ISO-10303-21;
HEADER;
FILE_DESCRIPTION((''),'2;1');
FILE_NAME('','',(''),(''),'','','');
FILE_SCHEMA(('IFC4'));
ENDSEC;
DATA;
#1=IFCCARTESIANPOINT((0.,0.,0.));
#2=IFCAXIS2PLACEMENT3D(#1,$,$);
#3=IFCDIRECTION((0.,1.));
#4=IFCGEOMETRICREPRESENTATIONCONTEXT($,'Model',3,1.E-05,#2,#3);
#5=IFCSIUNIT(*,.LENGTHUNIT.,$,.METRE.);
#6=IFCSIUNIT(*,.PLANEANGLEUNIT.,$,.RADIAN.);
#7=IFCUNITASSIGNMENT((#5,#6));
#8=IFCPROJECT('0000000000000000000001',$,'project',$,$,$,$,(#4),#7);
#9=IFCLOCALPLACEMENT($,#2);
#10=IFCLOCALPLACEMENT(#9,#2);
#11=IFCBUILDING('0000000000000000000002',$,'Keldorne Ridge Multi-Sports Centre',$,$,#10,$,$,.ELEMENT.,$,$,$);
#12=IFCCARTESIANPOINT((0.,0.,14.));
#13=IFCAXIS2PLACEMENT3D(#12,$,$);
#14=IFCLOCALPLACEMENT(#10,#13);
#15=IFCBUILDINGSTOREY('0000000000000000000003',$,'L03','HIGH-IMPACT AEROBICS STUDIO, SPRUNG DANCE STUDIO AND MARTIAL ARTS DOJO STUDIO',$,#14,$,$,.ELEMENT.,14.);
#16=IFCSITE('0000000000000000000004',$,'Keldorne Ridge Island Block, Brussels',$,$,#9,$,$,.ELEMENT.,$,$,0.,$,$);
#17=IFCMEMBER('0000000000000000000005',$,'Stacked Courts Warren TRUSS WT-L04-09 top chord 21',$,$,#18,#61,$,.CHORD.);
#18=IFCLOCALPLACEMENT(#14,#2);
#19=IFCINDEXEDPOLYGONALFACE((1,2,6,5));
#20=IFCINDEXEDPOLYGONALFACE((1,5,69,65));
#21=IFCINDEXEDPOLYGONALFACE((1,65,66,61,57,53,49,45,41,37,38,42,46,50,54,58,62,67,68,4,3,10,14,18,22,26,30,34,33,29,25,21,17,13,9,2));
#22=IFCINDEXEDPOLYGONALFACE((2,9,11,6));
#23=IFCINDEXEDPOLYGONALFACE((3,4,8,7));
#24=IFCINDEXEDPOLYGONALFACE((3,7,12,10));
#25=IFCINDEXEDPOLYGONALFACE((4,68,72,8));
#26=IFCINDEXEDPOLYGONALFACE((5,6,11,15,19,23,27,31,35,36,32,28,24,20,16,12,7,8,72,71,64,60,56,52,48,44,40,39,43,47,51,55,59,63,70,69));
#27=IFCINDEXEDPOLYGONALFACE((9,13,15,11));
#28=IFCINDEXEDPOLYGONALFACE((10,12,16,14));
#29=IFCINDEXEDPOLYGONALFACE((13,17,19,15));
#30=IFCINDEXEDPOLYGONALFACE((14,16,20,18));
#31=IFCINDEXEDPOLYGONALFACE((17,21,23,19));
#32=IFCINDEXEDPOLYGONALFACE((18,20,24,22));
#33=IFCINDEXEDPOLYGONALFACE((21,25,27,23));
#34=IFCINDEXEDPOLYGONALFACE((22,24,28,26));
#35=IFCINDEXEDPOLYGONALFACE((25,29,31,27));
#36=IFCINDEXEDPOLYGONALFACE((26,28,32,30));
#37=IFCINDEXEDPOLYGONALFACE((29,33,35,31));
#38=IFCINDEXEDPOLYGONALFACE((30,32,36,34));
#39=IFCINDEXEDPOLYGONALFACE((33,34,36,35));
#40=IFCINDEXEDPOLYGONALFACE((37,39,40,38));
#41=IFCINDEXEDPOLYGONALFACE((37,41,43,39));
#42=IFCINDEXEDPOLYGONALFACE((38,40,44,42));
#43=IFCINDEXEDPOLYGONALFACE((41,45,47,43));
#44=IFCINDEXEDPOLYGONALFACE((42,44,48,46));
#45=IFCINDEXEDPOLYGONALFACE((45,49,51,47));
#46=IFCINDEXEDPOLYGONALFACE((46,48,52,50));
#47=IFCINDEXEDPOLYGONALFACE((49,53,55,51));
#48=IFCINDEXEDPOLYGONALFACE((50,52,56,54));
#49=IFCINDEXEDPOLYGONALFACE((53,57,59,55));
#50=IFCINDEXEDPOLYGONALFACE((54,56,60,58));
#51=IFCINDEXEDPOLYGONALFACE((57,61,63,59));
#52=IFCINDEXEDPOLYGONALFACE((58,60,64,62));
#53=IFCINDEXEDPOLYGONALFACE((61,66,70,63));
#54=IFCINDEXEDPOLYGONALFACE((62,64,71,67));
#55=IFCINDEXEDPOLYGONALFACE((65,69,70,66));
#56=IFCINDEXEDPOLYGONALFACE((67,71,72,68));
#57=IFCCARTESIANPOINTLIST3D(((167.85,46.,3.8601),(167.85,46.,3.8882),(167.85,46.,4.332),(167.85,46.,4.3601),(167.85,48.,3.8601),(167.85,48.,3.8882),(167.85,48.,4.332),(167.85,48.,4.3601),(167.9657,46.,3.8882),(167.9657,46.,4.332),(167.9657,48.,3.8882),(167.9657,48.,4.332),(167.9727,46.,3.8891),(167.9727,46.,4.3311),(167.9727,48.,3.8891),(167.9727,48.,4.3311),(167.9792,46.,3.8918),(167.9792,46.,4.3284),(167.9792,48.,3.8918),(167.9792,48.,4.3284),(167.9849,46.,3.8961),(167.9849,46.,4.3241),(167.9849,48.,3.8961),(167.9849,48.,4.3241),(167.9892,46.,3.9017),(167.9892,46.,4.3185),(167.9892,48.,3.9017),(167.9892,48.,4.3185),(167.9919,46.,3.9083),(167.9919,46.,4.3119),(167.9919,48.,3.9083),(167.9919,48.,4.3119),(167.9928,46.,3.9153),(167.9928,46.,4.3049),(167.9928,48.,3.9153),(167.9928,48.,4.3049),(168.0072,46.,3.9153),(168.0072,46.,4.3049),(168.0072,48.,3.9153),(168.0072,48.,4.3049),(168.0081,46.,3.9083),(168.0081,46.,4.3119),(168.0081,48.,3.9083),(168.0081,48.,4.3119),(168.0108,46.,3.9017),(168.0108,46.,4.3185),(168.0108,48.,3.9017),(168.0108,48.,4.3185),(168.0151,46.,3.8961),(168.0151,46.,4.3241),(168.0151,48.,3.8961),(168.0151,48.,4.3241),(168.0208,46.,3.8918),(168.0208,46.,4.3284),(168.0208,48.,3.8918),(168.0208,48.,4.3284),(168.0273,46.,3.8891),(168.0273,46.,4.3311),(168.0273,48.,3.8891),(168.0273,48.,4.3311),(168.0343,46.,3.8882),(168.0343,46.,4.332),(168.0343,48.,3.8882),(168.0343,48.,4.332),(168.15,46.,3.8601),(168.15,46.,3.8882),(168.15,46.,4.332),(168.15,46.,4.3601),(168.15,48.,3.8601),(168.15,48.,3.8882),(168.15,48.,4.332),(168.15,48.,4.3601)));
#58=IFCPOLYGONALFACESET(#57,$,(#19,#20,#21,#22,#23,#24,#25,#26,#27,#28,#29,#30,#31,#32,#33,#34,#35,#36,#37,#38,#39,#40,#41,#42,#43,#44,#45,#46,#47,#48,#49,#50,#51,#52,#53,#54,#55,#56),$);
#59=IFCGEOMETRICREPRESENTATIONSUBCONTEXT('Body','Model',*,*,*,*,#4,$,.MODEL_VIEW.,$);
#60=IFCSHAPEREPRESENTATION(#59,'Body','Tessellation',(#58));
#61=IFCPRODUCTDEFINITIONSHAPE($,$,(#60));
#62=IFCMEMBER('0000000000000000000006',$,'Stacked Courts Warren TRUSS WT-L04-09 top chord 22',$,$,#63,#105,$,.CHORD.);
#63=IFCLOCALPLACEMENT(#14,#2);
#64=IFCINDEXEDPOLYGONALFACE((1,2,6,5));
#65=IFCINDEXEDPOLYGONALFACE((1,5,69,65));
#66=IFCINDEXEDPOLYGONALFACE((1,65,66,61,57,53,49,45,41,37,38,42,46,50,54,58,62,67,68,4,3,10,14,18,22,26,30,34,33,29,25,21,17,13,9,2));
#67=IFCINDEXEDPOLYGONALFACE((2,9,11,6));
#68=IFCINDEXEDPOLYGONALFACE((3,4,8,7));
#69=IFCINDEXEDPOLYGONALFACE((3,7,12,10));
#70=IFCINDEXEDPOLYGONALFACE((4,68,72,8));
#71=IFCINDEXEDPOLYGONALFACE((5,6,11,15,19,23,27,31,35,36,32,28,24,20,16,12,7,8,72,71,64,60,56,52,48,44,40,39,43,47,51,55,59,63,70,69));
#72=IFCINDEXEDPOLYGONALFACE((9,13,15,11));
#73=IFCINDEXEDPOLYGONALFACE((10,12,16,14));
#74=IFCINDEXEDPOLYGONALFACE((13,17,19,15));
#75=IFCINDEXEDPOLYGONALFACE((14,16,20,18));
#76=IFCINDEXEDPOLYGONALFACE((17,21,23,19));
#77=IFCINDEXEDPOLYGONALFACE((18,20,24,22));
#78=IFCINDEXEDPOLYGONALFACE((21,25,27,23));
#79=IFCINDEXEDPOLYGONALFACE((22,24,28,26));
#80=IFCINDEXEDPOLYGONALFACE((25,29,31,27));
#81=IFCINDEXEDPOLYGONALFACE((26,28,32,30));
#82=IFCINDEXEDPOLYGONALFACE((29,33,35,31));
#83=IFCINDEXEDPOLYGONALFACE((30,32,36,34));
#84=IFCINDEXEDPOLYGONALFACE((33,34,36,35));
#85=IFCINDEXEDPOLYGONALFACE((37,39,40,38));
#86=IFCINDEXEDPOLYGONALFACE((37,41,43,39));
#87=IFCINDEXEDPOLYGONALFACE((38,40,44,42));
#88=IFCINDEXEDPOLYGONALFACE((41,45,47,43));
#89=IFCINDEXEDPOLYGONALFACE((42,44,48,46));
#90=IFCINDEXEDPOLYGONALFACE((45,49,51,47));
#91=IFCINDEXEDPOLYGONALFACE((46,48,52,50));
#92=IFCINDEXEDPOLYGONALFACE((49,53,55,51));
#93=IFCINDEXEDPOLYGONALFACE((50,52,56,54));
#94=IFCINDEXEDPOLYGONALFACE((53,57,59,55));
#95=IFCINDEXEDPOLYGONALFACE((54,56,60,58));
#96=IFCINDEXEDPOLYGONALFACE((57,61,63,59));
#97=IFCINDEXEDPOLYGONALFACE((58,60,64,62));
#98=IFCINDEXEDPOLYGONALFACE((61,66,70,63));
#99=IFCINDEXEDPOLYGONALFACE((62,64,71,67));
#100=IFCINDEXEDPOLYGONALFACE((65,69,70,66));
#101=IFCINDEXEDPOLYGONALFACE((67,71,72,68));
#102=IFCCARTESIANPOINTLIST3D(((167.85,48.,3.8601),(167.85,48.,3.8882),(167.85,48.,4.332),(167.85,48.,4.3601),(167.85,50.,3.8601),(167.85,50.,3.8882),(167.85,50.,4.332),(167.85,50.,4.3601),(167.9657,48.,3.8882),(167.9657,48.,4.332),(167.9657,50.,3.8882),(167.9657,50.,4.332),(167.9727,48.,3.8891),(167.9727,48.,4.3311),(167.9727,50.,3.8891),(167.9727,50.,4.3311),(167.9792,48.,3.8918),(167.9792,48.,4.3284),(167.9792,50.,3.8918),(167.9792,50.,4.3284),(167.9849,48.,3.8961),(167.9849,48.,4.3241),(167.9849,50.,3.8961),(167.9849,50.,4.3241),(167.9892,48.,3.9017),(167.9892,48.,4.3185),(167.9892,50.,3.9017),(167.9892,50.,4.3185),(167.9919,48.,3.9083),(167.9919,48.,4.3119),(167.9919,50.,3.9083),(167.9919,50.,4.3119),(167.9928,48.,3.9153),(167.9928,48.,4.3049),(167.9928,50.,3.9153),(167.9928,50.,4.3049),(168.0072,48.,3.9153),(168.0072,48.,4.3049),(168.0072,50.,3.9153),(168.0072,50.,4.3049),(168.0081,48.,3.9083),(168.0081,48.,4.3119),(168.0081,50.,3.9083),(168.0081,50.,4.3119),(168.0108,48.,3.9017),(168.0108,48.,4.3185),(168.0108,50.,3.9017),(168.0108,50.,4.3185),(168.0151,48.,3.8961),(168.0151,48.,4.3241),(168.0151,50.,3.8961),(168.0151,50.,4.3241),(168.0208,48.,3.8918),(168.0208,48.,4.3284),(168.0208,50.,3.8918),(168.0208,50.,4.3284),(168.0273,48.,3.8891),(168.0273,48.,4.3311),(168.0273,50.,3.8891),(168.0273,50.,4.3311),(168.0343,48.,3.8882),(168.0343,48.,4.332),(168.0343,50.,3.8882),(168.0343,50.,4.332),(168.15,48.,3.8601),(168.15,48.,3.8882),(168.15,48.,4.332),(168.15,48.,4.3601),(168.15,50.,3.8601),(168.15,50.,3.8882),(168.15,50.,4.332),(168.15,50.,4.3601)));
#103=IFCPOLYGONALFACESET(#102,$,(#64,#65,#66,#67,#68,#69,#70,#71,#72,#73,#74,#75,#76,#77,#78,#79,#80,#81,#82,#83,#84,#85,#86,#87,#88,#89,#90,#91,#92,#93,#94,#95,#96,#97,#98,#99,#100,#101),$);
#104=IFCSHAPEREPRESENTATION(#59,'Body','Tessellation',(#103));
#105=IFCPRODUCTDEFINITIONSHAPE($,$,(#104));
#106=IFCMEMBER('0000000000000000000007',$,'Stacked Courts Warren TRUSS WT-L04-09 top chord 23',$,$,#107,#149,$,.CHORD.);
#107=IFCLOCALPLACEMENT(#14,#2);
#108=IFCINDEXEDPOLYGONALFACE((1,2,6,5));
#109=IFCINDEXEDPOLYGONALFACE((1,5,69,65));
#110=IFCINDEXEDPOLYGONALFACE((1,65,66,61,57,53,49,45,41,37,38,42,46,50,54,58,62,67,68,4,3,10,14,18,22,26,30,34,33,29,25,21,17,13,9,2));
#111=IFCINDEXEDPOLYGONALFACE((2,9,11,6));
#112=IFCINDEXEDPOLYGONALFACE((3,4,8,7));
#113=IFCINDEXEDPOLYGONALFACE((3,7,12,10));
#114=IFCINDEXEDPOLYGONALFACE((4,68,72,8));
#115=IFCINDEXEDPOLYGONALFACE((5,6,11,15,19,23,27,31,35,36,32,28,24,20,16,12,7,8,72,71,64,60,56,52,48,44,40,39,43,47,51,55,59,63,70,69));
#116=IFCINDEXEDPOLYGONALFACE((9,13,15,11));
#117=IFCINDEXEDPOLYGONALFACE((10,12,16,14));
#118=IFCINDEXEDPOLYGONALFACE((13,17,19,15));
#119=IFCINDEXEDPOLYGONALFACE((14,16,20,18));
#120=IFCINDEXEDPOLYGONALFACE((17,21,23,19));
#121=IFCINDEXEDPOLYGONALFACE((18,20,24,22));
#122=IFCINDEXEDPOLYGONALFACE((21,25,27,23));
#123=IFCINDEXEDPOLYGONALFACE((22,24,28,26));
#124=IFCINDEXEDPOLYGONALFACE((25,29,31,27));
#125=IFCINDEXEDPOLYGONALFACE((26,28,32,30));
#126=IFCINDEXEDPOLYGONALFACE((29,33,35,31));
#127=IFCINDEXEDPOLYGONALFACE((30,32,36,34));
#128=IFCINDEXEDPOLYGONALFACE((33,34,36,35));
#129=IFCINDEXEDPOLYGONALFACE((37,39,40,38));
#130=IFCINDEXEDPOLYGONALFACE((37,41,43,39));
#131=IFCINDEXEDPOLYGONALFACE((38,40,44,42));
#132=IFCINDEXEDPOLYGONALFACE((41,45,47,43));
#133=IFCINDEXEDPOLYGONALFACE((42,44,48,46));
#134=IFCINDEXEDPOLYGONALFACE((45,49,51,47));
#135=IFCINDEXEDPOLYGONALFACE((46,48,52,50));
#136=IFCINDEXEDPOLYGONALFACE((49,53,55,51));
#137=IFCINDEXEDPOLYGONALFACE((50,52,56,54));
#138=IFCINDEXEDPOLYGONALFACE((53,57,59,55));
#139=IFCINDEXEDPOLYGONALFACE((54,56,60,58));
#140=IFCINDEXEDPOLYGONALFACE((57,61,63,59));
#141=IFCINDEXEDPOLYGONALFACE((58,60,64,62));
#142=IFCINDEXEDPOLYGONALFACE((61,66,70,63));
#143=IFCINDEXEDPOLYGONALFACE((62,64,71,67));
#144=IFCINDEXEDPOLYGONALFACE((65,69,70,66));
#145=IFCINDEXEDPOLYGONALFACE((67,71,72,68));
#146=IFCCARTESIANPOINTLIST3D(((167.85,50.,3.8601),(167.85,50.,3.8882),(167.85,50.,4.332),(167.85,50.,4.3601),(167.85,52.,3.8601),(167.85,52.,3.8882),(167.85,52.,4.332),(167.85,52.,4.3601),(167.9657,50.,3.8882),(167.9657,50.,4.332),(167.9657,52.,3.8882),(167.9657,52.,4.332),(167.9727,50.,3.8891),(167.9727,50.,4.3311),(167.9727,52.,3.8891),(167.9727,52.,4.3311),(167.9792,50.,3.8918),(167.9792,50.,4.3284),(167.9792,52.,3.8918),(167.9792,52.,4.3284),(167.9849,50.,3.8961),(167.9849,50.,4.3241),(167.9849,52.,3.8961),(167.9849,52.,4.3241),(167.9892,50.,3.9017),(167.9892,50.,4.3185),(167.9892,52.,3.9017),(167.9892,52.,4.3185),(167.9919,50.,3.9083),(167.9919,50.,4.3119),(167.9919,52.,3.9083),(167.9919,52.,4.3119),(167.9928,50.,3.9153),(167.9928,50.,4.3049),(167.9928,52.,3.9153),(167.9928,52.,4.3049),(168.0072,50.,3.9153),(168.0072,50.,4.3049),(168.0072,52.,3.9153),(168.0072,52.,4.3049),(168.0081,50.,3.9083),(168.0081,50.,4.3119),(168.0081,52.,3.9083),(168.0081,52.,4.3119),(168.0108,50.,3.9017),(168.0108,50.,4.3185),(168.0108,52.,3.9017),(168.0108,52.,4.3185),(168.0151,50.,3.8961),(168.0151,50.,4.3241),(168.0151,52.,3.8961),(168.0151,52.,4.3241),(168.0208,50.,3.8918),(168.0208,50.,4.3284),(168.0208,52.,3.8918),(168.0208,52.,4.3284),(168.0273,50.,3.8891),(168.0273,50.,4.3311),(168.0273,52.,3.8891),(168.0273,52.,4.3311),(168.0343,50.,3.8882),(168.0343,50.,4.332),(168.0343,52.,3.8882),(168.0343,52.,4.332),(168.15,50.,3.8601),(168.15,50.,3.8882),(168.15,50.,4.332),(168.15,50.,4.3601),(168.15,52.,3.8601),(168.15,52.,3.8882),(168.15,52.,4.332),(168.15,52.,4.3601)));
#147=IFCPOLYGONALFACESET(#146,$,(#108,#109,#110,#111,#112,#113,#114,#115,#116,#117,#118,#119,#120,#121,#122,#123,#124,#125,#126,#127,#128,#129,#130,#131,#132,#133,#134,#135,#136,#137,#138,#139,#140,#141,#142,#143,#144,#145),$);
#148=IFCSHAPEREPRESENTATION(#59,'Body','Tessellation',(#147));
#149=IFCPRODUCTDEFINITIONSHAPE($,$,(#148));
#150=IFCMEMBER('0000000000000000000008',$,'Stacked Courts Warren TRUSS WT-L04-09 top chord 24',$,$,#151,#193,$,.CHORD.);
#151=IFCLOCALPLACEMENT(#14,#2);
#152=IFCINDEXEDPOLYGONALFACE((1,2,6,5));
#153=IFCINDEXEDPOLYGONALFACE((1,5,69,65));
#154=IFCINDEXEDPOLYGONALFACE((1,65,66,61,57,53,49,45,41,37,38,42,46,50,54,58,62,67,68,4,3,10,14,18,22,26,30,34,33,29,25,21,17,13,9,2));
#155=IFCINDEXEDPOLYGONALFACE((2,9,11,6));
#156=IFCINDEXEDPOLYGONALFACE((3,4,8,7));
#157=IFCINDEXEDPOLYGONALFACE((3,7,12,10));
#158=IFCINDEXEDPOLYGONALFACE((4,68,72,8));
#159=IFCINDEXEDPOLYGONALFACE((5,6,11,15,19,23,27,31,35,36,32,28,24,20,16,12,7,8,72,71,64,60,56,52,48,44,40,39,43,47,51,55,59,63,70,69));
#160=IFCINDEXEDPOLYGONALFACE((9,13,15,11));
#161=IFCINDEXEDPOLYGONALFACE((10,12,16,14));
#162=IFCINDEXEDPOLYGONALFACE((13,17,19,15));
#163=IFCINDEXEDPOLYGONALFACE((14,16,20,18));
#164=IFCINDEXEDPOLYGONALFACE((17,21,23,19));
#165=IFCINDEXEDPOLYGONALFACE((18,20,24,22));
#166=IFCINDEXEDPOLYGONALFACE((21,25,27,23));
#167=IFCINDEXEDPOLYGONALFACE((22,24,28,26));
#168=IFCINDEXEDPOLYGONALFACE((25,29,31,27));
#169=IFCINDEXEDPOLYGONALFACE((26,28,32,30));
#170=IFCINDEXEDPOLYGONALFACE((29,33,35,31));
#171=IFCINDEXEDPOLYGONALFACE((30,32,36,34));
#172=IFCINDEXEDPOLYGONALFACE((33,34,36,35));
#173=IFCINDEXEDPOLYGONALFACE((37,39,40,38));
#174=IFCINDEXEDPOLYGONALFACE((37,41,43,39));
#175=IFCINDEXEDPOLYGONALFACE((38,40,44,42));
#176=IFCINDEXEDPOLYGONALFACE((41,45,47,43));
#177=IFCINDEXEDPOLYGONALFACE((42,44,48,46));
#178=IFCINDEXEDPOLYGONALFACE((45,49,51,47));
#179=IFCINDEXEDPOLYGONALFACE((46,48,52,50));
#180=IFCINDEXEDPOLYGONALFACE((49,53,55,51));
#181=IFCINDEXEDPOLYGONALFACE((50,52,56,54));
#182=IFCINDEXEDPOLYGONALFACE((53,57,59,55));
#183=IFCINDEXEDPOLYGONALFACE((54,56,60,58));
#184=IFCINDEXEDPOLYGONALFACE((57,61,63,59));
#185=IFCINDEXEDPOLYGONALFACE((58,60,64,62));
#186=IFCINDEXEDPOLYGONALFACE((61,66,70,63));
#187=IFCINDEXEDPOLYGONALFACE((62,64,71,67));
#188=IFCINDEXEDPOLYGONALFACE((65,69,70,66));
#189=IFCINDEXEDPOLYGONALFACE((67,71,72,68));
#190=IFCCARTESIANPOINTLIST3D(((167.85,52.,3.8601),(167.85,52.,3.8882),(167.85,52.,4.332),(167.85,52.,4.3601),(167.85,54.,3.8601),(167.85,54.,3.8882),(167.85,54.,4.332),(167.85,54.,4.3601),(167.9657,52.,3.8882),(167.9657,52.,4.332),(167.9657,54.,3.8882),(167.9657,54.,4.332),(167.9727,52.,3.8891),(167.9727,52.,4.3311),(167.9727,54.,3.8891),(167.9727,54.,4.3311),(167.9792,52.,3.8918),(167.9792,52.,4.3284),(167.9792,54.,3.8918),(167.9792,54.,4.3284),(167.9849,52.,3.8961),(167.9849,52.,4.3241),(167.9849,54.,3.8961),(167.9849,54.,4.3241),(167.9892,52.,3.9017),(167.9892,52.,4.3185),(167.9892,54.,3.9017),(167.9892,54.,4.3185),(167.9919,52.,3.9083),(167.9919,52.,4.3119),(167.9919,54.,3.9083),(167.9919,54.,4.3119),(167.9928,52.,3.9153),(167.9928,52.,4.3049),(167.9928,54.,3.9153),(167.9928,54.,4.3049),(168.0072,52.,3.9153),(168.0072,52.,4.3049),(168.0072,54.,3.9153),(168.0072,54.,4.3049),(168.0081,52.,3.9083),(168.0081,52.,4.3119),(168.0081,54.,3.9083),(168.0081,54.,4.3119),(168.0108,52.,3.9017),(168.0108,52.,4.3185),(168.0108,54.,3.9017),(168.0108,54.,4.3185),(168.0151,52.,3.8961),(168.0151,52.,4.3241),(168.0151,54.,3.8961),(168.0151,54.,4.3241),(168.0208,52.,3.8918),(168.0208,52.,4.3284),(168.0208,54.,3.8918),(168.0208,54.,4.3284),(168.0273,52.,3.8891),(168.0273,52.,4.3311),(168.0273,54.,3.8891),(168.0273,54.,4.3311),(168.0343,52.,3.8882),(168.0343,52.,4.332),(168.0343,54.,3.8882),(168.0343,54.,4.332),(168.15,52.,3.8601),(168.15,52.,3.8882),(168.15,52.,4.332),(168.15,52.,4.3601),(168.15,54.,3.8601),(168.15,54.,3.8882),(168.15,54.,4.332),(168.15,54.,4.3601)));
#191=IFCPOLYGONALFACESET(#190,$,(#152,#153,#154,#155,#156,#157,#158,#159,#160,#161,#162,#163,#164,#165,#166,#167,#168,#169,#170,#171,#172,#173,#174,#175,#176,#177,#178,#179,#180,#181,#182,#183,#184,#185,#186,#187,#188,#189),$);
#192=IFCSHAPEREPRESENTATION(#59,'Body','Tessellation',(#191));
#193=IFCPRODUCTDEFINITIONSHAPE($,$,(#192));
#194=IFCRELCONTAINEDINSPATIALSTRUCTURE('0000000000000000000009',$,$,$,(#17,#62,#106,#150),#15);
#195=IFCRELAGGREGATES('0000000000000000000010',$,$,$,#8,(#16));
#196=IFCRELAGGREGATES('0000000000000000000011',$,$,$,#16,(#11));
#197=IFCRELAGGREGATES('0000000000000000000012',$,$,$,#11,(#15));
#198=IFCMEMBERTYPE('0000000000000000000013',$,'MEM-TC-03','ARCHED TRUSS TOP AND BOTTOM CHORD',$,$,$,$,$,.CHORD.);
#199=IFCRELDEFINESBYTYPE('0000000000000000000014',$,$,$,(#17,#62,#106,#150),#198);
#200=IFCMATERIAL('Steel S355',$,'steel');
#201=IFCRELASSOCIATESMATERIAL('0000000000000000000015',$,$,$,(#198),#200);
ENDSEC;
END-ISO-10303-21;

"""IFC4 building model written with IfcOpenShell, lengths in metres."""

from ifc_helpers import new_model, si_unit, direction, frame, origin, origin_2d, place, context, subcontext, project, spatial, i_section, extrude, material, material_profile, profile_set, type_object, element, save


model = new_model("IFC4")

# Units and contexts
model_context = context("Model", 3, precision=1e-05, world=origin(), true_north=direction((0.0, 1.0)))
body_context = subcontext(model_context, "Body", "Model", "MODEL_VIEW")
ifc_project = project(units=[si_unit("LENGTHUNIT", "METRE"), si_unit("PLANEANGLEUNIT", "RADIAN")], contexts=[model_context])

# Site, building, storey
site_placement = place(None, origin())
site = spatial("IfcSite", under=ifc_project, at=site_placement, Name="Keldorne Ridge Island Block, Brussels", CompositionType="ELEMENT", RefElevation=0.0)
building_placement = place(site_placement, origin())
building = spatial("IfcBuilding", under=site, at=building_placement, Name="Keldorne Ridge Multi-Sports Centre", CompositionType="ELEMENT")
storey_placement = place(building_placement, frame((0.0, 0.0, 14.0)))
storey = spatial("IfcBuildingStorey", under=building, at=storey_placement, Name="L03", Description="HIGH-IMPACT AEROBICS STUDIO, SPRUNG DANCE STUDIO AND MARTIAL ARTS DOJO STUDIO", CompositionType="ELEMENT", Elevation=14.0)

# Shared definitions
ifc_material_1 = material(Name="Steel S355", Category="steel")

# Members
ifc_material_profile_1 = material_profile(ifc_material_1, i_section(OverallWidth=0.3, OverallDepth=0.5, WebThickness=0.0144, FlangeThickness=0.0281, FilletRadius=0.0271, at=origin_2d()), Name="HEB 500")
ifc_profile_set_1 = profile_set([ifc_material_profile_1], Name="Steel S355")
member_type_1 = type_object("IfcMemberType", Name="MEM-TC-03", Description="ARCHED TRUSS TOP AND BOTTOM CHORD", PredefinedType="CHORD", material=ifc_profile_set_1)
for number, where, z_axis, x_axis, name in (
    (1, (168.0, 46.0, 4.1101), (0.0, 1.0, 0.0), (-1.0, 0.0, 0.0), "Stacked Courts Warren TRUSS WT-L04-09 top chord 21"),
    (2, (168.0, 48.0, 4.1101), (0.0, 1.0, 0.0), (-1.0, 0.0, 0.0), "Stacked Courts Warren TRUSS WT-L04-09 top chord 22"),
    (3, (168.0, 50.0, 4.1101), (0.0, 1.0, 0.0), (-1.0, 0.0, 0.0), "Stacked Courts Warren TRUSS WT-L04-09 top chord 23"),
    (4, (168.0, 52.0, 4.1101), (0.0, 1.0, 0.0), (-1.0, 0.0, 0.0), "Stacked Courts Warren TRUSS WT-L04-09 top chord 24"),
):
    element("IfcMember", number, at=place(storey_placement, frame(where, z_axis=z_axis, x_axis=x_axis)), inside=storey, type_object=member_type_1, Name=name, PredefinedType="CHORD", context=body_context, shape_type="SweptSolid", body=[
        extrude(i_section(OverallWidth=0.3, OverallDepth=0.5, WebThickness=0.0144, FlangeThickness=0.0281, FilletRadius=0.0271, at=origin_2d()), origin(), (0.0, 0.0, 1.0), 2.0),
    ])

save(model, "model.ifc")
